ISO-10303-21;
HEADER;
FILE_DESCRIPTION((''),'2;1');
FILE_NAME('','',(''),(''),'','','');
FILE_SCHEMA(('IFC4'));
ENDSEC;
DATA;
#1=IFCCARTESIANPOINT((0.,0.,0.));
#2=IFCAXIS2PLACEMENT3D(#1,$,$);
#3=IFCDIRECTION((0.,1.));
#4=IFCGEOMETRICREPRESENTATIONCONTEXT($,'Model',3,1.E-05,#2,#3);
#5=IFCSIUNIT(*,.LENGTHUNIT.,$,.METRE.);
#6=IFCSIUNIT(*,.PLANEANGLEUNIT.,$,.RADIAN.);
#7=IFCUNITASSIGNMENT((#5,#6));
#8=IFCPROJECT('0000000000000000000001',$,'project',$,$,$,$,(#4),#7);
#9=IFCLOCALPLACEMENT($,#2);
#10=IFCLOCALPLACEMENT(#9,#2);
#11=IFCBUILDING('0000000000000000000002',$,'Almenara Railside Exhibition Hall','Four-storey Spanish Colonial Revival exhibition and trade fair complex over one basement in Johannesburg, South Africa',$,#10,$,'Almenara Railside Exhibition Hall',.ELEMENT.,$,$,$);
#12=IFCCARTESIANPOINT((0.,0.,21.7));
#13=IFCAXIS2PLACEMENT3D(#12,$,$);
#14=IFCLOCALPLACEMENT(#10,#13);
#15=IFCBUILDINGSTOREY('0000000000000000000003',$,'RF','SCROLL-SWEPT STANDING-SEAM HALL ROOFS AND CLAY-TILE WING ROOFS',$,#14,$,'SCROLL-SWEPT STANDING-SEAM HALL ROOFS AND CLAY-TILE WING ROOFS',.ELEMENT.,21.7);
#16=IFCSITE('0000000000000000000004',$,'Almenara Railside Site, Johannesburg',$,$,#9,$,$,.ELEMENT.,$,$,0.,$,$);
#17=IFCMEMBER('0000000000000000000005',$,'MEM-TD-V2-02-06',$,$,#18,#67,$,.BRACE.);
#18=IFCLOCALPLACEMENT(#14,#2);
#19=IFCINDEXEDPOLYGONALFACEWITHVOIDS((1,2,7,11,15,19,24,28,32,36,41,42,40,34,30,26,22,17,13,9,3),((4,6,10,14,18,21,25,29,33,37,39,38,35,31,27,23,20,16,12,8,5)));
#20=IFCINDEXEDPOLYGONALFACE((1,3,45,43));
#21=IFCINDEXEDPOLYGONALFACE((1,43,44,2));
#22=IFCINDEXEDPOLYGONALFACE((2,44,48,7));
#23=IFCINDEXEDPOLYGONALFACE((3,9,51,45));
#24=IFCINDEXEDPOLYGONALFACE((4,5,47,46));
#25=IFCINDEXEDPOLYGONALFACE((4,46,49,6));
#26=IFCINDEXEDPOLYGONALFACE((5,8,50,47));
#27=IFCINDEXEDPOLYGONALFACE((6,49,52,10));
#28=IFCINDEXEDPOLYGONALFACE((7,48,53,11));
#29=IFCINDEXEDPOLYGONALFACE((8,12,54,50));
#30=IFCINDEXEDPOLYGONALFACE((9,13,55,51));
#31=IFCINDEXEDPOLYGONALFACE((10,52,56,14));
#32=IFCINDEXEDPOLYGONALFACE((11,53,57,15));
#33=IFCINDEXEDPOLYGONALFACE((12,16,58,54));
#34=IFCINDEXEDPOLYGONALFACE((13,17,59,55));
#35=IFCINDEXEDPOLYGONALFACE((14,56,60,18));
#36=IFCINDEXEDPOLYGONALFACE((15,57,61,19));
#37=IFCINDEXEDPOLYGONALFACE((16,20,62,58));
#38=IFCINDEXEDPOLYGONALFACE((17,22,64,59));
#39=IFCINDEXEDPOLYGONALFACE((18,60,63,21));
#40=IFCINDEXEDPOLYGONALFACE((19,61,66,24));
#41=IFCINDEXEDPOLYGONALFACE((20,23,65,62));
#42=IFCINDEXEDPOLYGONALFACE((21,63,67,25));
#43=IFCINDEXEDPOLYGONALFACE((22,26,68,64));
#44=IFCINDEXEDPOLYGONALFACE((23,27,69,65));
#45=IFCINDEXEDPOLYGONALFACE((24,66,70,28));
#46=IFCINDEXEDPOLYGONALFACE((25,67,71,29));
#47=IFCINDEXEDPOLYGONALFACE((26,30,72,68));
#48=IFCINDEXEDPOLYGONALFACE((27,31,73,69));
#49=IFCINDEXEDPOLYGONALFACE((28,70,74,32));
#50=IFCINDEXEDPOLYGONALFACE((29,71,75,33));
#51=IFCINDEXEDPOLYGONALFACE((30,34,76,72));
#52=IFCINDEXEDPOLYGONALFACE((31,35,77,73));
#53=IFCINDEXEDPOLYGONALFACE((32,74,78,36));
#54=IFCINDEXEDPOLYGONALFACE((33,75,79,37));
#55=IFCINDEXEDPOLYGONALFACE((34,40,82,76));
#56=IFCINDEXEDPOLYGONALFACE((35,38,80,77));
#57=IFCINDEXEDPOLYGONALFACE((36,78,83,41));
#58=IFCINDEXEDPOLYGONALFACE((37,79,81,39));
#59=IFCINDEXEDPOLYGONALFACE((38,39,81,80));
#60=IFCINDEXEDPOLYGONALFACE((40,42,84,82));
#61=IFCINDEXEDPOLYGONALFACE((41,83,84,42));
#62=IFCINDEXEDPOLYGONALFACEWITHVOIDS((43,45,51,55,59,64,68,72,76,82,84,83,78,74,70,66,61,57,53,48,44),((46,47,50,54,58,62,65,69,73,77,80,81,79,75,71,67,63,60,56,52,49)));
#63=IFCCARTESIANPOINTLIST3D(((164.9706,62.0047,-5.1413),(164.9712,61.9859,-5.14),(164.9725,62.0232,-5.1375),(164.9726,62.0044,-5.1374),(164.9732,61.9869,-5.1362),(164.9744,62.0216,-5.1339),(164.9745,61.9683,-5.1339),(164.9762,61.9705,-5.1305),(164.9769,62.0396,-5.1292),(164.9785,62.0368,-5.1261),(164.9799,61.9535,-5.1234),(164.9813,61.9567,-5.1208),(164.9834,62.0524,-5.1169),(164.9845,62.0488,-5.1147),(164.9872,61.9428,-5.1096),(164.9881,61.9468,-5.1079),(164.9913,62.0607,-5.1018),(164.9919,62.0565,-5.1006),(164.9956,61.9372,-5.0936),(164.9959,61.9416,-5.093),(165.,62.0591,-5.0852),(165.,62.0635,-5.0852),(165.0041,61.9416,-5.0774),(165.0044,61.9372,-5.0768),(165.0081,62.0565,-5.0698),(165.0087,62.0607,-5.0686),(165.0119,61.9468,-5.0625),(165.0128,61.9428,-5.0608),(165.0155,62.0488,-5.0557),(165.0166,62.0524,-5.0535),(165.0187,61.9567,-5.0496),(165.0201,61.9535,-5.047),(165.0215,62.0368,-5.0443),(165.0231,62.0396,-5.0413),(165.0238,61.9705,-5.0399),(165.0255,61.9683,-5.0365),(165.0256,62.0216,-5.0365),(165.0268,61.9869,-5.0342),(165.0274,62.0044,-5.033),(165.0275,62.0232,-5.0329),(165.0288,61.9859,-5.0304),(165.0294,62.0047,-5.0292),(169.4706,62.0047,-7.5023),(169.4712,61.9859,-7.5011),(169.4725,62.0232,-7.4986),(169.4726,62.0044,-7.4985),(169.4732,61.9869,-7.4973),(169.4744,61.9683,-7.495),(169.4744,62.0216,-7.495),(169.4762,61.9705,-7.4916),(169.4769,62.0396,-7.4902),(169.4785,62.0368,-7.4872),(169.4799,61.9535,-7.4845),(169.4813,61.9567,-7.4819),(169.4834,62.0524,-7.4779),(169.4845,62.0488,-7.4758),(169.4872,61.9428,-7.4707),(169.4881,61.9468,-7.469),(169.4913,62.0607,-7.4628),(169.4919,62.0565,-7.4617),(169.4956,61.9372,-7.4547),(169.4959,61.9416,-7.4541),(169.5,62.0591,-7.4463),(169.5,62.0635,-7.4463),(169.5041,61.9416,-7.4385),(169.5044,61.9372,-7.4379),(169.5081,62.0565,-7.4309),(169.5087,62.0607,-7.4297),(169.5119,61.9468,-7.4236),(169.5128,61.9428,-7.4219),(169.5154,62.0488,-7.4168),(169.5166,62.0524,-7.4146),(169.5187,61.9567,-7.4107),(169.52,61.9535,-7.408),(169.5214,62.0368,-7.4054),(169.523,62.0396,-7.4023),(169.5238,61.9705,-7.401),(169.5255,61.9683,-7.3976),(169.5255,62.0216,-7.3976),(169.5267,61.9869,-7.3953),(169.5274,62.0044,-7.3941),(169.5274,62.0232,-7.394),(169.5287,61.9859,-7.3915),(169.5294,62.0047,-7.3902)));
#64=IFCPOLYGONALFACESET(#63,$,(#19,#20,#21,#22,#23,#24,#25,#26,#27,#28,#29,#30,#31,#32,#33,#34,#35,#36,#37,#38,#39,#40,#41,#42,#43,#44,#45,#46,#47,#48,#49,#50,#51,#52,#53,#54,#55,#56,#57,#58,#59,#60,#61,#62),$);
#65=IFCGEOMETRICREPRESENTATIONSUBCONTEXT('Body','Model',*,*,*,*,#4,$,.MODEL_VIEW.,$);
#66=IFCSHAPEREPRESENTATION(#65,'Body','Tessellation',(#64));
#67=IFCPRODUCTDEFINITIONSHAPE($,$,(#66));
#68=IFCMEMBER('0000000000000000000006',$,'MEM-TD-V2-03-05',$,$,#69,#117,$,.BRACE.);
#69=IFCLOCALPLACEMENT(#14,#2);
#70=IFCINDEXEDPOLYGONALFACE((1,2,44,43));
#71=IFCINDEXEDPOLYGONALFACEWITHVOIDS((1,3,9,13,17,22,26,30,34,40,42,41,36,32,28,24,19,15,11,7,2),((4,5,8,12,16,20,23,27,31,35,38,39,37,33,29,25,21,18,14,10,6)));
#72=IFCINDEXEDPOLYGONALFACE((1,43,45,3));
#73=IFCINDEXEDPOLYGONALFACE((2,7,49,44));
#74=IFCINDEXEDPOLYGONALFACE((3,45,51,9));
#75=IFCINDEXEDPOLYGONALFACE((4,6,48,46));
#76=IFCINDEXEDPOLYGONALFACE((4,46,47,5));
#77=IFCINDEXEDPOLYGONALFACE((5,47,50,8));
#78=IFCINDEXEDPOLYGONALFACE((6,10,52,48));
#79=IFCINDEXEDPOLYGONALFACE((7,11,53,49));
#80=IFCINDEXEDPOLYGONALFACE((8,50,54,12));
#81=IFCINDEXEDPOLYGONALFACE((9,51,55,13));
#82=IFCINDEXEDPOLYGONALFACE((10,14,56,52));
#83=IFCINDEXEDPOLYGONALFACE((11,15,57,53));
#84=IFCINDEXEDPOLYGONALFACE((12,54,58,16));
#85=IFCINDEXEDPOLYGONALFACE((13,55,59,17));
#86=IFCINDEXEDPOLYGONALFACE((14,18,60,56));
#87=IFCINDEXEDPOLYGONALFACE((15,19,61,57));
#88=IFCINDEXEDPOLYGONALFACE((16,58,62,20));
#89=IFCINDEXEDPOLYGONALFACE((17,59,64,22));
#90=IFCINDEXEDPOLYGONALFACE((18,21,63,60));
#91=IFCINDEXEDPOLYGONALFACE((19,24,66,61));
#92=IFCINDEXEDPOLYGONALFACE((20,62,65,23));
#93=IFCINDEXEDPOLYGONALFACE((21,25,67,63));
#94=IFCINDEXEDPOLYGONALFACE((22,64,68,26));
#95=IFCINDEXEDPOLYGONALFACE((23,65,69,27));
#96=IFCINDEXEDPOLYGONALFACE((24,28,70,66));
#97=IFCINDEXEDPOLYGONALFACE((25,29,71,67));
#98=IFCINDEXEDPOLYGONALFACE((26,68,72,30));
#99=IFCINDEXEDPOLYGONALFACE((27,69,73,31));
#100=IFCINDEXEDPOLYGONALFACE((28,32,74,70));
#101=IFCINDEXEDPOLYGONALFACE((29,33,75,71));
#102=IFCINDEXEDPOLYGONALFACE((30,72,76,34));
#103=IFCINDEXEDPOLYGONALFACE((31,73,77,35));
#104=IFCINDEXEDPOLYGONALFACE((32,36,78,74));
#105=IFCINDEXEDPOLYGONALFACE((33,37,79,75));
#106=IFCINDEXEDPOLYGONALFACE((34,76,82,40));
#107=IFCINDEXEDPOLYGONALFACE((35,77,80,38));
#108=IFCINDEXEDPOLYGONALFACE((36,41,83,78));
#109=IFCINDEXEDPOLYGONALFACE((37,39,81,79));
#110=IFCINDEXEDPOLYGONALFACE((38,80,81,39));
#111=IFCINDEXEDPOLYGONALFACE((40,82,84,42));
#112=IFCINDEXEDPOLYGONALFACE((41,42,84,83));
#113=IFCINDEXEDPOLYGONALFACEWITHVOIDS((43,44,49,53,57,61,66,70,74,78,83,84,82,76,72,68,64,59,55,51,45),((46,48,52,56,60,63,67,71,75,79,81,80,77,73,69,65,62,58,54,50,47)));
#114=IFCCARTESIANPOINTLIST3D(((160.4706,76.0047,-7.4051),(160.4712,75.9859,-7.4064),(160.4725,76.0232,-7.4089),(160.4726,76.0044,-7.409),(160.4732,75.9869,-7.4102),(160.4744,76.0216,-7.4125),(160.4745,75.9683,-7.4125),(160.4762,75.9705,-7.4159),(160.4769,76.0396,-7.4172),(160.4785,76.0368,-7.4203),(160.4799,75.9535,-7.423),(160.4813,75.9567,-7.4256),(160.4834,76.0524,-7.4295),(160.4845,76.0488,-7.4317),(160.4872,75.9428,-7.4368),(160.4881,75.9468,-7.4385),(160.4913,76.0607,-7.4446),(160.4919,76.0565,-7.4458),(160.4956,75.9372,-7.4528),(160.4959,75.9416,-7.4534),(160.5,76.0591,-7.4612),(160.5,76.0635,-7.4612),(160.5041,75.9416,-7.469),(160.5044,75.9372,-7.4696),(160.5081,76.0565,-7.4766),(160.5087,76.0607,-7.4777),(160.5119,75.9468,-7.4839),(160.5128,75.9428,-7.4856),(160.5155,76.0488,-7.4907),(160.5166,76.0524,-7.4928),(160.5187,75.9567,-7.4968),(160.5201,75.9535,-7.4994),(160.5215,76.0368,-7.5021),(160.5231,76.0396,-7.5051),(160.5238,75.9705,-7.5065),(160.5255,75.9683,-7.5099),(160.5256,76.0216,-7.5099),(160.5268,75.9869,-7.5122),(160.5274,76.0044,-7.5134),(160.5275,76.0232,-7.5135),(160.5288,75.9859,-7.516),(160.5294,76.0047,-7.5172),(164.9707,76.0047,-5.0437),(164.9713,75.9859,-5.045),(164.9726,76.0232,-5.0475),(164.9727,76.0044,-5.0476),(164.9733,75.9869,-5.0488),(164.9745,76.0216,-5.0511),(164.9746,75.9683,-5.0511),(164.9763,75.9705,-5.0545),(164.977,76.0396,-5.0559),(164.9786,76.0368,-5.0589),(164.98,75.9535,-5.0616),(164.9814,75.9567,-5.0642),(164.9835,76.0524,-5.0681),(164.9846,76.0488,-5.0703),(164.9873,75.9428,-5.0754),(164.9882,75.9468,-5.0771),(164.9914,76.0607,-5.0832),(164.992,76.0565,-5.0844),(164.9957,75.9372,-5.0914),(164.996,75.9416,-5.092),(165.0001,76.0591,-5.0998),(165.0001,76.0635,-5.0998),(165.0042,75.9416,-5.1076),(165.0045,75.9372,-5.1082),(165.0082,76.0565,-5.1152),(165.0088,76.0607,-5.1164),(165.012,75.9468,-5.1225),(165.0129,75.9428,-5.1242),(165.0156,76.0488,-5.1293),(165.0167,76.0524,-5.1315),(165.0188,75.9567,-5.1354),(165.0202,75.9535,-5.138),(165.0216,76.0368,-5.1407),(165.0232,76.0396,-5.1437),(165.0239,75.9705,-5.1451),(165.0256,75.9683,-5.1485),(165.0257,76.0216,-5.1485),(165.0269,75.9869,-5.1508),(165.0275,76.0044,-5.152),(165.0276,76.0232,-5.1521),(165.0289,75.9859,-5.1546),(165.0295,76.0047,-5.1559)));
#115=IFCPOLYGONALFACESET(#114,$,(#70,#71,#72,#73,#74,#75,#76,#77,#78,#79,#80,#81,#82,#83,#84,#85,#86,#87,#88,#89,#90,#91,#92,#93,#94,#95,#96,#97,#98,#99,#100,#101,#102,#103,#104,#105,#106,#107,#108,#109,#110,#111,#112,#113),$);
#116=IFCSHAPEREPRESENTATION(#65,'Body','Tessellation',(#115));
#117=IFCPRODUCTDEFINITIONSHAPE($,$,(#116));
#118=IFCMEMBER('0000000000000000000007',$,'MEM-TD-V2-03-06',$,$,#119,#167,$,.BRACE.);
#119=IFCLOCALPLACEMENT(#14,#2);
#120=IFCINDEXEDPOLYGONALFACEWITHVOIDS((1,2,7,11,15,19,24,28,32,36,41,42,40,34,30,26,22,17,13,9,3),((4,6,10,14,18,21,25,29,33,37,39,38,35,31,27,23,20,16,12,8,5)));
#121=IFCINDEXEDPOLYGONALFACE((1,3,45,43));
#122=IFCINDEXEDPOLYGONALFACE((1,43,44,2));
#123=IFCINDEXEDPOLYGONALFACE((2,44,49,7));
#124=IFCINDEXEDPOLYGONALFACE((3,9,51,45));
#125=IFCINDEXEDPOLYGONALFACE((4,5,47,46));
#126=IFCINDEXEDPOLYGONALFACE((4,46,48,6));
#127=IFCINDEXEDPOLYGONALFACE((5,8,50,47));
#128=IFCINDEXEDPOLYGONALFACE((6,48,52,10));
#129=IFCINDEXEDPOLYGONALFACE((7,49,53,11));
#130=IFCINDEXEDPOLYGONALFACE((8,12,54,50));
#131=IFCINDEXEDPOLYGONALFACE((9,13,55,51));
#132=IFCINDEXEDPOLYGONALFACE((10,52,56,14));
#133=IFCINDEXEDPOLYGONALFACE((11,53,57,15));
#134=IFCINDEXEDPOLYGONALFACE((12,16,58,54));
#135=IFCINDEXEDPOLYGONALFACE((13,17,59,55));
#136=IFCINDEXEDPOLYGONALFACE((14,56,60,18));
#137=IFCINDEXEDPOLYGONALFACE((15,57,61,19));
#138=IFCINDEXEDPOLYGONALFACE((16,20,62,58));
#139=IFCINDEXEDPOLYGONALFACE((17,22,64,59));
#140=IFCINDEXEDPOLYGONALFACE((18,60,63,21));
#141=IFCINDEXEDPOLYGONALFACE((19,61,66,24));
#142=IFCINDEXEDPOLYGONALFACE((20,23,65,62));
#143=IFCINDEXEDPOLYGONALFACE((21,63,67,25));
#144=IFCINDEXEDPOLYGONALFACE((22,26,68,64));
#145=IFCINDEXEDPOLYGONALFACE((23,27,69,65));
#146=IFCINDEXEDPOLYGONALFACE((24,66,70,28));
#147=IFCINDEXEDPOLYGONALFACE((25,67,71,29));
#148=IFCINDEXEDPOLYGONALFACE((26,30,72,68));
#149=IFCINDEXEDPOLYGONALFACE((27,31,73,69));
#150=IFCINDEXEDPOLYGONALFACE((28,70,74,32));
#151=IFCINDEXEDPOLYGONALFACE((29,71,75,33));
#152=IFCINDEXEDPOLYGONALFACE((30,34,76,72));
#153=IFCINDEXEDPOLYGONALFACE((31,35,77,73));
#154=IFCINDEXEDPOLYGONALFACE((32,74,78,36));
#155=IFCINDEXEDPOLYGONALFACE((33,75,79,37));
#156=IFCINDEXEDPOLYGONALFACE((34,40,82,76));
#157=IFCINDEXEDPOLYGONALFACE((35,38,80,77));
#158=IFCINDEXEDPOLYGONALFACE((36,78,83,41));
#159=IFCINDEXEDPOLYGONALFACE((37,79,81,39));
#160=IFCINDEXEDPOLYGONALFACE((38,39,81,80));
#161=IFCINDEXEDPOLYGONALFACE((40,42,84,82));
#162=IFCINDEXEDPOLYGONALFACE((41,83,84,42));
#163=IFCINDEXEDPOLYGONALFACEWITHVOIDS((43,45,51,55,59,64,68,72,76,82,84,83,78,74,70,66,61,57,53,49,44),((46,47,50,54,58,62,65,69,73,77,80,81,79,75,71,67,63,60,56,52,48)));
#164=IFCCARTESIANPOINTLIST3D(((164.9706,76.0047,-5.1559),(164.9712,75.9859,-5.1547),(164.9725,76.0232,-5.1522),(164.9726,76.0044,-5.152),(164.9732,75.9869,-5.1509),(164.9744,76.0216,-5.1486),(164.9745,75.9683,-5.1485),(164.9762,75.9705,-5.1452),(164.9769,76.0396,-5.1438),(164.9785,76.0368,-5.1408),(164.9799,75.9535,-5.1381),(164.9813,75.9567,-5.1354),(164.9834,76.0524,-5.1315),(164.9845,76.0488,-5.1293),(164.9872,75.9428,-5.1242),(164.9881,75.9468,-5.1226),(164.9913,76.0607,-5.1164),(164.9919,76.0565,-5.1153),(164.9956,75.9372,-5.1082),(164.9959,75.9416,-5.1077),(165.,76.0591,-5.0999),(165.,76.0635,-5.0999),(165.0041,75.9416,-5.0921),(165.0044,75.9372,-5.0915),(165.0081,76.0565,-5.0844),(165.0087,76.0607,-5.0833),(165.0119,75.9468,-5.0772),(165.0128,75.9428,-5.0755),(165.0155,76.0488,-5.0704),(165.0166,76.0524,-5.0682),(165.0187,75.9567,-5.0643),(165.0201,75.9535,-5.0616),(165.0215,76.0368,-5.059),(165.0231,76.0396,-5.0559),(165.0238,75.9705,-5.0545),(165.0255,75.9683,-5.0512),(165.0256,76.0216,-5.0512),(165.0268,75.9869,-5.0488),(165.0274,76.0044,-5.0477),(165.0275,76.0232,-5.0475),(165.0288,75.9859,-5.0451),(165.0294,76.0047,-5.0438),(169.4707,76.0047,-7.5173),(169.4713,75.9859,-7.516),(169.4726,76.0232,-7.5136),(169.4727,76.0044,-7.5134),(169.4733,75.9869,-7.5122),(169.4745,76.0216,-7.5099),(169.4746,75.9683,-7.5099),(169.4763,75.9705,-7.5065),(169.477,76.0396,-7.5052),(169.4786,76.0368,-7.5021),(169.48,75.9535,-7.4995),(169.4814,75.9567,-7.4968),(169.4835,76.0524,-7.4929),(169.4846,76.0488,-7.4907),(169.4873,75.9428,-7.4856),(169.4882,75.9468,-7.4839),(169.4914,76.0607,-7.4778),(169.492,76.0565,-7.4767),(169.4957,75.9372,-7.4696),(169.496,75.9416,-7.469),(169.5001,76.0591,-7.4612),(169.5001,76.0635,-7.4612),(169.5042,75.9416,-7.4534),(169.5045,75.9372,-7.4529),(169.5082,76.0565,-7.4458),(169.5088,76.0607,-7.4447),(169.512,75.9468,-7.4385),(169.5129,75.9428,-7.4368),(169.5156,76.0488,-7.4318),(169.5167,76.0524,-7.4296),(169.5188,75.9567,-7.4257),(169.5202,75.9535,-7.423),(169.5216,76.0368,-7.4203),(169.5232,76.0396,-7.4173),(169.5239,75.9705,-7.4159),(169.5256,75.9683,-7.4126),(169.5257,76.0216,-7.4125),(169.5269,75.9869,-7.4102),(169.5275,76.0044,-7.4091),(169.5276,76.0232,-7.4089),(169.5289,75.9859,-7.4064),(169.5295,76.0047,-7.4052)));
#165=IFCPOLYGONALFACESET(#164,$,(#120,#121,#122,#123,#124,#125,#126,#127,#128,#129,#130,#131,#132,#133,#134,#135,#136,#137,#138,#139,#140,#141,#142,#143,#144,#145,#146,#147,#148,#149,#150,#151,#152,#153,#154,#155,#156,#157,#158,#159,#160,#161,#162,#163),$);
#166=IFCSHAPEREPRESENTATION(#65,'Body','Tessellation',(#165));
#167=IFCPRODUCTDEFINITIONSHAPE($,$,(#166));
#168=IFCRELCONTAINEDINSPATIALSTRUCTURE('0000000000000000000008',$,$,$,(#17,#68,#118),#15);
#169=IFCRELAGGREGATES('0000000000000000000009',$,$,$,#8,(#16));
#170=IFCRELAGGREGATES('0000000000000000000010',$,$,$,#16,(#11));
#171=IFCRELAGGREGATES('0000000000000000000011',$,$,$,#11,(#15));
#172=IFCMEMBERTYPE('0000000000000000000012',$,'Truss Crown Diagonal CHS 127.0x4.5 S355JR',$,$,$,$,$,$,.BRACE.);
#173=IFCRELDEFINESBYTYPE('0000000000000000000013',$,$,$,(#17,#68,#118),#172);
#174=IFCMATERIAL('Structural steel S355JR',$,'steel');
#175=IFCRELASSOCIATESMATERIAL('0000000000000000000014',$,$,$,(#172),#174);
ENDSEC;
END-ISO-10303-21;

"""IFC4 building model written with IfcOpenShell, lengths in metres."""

from ifc_helpers import new_model, si_unit, direction, frame, origin, origin_2d, place, context, subcontext, project, spatial, hollow_circle, extrude, material, material_profile, profile_set, type_object, element, save


model = new_model("IFC4")

# Units and contexts
model_context = context("Model", 3, precision=1e-05, world=origin(), true_north=direction((0.0, 1.0)))
body_context = subcontext(model_context, "Body", "Model", "MODEL_VIEW")
ifc_project = project(units=[si_unit("LENGTHUNIT", "METRE"), si_unit("PLANEANGLEUNIT", "RADIAN")], contexts=[model_context])

# Site, building, storey
site_placement = place(None, origin())
site = spatial("IfcSite", under=ifc_project, at=site_placement, Name="Almenara Railside Site, Johannesburg", CompositionType="ELEMENT", RefElevation=0.0)
building_placement = place(site_placement, origin())
building = spatial("IfcBuilding", under=site, at=building_placement, Name="Almenara Railside Exhibition Hall", Description="Four-storey Spanish Colonial Revival exhibition and trade fair complex over one basement in Johannesburg, South Africa", LongName="Almenara Railside Exhibition Hall", CompositionType="ELEMENT")
storey_placement = place(building_placement, frame((0.0, 0.0, 21.7)))
storey = spatial("IfcBuildingStorey", under=building, at=storey_placement, Name="RF", Description="SCROLL-SWEPT STANDING-SEAM HALL ROOFS AND CLAY-TILE WING ROOFS", LongName="SCROLL-SWEPT STANDING-SEAM HALL ROOFS AND CLAY-TILE WING ROOFS", CompositionType="ELEMENT", Elevation=21.7)

# Members
ifc_material_1 = material(Name="Structural steel S355JR", Category="steel")
ifc_material_profile_1 = material_profile(ifc_material_1, hollow_circle(Radius=0.0635, WallThickness=0.0044, at=origin_2d()), Name="CHS 127.0x4.5")
ifc_profile_set_1 = profile_set([ifc_material_profile_1], Name="Structural steel S355JR")
member_type_1 = type_object("IfcMemberType", Name="Truss Crown Diagonal CHS 127.0x4.5 S355JR", PredefinedType="BRACE", material=ifc_profile_set_1)
for number, where, z_axis, x_axis, name in (
    (1, (165.0, 62.0, -5.0852), (0.885513, 0.0, -0.464615), (0.0, 1.0, 0.0), "MEM-TD-V2-02-06"),
):
    element("IfcMember", number, at=place(storey_placement, frame(where, z_axis=z_axis, x_axis=x_axis)), inside=storey, type_object=member_type_1, Name=name, PredefinedType="BRACE", context=body_context, shape_type="SweptSolid", body=[
        extrude(hollow_circle(Radius=0.0635, WallThickness=0.0044, at=origin_2d()), origin(), (0.0, 0.0, 1.0), 5.0818),
    ])
for number, where, z_axis, x_axis, name in (
    (2, (160.5, 76.0, -7.4612), (0.885493, 0.0, 0.464653), (0.0, 1.0, 0.0), "MEM-TD-V2-03-05"),
    (3, (165.0, 76.0, -5.0999), (0.885493, 0.0, -0.464653), (0.0, 1.0, 0.0), "MEM-TD-V2-03-06"),
):
    element("IfcMember", number, at=place(storey_placement, frame(where, z_axis=z_axis, x_axis=x_axis)), inside=storey, type_object=member_type_1, Name=name, PredefinedType="BRACE", context=body_context, shape_type="SweptSolid", body=[
        extrude(hollow_circle(Radius=0.0635, WallThickness=0.0044, at=origin_2d()), origin(), (0.0, 0.0, 1.0), 5.082),
    ])

save(model, "model.ifc")
